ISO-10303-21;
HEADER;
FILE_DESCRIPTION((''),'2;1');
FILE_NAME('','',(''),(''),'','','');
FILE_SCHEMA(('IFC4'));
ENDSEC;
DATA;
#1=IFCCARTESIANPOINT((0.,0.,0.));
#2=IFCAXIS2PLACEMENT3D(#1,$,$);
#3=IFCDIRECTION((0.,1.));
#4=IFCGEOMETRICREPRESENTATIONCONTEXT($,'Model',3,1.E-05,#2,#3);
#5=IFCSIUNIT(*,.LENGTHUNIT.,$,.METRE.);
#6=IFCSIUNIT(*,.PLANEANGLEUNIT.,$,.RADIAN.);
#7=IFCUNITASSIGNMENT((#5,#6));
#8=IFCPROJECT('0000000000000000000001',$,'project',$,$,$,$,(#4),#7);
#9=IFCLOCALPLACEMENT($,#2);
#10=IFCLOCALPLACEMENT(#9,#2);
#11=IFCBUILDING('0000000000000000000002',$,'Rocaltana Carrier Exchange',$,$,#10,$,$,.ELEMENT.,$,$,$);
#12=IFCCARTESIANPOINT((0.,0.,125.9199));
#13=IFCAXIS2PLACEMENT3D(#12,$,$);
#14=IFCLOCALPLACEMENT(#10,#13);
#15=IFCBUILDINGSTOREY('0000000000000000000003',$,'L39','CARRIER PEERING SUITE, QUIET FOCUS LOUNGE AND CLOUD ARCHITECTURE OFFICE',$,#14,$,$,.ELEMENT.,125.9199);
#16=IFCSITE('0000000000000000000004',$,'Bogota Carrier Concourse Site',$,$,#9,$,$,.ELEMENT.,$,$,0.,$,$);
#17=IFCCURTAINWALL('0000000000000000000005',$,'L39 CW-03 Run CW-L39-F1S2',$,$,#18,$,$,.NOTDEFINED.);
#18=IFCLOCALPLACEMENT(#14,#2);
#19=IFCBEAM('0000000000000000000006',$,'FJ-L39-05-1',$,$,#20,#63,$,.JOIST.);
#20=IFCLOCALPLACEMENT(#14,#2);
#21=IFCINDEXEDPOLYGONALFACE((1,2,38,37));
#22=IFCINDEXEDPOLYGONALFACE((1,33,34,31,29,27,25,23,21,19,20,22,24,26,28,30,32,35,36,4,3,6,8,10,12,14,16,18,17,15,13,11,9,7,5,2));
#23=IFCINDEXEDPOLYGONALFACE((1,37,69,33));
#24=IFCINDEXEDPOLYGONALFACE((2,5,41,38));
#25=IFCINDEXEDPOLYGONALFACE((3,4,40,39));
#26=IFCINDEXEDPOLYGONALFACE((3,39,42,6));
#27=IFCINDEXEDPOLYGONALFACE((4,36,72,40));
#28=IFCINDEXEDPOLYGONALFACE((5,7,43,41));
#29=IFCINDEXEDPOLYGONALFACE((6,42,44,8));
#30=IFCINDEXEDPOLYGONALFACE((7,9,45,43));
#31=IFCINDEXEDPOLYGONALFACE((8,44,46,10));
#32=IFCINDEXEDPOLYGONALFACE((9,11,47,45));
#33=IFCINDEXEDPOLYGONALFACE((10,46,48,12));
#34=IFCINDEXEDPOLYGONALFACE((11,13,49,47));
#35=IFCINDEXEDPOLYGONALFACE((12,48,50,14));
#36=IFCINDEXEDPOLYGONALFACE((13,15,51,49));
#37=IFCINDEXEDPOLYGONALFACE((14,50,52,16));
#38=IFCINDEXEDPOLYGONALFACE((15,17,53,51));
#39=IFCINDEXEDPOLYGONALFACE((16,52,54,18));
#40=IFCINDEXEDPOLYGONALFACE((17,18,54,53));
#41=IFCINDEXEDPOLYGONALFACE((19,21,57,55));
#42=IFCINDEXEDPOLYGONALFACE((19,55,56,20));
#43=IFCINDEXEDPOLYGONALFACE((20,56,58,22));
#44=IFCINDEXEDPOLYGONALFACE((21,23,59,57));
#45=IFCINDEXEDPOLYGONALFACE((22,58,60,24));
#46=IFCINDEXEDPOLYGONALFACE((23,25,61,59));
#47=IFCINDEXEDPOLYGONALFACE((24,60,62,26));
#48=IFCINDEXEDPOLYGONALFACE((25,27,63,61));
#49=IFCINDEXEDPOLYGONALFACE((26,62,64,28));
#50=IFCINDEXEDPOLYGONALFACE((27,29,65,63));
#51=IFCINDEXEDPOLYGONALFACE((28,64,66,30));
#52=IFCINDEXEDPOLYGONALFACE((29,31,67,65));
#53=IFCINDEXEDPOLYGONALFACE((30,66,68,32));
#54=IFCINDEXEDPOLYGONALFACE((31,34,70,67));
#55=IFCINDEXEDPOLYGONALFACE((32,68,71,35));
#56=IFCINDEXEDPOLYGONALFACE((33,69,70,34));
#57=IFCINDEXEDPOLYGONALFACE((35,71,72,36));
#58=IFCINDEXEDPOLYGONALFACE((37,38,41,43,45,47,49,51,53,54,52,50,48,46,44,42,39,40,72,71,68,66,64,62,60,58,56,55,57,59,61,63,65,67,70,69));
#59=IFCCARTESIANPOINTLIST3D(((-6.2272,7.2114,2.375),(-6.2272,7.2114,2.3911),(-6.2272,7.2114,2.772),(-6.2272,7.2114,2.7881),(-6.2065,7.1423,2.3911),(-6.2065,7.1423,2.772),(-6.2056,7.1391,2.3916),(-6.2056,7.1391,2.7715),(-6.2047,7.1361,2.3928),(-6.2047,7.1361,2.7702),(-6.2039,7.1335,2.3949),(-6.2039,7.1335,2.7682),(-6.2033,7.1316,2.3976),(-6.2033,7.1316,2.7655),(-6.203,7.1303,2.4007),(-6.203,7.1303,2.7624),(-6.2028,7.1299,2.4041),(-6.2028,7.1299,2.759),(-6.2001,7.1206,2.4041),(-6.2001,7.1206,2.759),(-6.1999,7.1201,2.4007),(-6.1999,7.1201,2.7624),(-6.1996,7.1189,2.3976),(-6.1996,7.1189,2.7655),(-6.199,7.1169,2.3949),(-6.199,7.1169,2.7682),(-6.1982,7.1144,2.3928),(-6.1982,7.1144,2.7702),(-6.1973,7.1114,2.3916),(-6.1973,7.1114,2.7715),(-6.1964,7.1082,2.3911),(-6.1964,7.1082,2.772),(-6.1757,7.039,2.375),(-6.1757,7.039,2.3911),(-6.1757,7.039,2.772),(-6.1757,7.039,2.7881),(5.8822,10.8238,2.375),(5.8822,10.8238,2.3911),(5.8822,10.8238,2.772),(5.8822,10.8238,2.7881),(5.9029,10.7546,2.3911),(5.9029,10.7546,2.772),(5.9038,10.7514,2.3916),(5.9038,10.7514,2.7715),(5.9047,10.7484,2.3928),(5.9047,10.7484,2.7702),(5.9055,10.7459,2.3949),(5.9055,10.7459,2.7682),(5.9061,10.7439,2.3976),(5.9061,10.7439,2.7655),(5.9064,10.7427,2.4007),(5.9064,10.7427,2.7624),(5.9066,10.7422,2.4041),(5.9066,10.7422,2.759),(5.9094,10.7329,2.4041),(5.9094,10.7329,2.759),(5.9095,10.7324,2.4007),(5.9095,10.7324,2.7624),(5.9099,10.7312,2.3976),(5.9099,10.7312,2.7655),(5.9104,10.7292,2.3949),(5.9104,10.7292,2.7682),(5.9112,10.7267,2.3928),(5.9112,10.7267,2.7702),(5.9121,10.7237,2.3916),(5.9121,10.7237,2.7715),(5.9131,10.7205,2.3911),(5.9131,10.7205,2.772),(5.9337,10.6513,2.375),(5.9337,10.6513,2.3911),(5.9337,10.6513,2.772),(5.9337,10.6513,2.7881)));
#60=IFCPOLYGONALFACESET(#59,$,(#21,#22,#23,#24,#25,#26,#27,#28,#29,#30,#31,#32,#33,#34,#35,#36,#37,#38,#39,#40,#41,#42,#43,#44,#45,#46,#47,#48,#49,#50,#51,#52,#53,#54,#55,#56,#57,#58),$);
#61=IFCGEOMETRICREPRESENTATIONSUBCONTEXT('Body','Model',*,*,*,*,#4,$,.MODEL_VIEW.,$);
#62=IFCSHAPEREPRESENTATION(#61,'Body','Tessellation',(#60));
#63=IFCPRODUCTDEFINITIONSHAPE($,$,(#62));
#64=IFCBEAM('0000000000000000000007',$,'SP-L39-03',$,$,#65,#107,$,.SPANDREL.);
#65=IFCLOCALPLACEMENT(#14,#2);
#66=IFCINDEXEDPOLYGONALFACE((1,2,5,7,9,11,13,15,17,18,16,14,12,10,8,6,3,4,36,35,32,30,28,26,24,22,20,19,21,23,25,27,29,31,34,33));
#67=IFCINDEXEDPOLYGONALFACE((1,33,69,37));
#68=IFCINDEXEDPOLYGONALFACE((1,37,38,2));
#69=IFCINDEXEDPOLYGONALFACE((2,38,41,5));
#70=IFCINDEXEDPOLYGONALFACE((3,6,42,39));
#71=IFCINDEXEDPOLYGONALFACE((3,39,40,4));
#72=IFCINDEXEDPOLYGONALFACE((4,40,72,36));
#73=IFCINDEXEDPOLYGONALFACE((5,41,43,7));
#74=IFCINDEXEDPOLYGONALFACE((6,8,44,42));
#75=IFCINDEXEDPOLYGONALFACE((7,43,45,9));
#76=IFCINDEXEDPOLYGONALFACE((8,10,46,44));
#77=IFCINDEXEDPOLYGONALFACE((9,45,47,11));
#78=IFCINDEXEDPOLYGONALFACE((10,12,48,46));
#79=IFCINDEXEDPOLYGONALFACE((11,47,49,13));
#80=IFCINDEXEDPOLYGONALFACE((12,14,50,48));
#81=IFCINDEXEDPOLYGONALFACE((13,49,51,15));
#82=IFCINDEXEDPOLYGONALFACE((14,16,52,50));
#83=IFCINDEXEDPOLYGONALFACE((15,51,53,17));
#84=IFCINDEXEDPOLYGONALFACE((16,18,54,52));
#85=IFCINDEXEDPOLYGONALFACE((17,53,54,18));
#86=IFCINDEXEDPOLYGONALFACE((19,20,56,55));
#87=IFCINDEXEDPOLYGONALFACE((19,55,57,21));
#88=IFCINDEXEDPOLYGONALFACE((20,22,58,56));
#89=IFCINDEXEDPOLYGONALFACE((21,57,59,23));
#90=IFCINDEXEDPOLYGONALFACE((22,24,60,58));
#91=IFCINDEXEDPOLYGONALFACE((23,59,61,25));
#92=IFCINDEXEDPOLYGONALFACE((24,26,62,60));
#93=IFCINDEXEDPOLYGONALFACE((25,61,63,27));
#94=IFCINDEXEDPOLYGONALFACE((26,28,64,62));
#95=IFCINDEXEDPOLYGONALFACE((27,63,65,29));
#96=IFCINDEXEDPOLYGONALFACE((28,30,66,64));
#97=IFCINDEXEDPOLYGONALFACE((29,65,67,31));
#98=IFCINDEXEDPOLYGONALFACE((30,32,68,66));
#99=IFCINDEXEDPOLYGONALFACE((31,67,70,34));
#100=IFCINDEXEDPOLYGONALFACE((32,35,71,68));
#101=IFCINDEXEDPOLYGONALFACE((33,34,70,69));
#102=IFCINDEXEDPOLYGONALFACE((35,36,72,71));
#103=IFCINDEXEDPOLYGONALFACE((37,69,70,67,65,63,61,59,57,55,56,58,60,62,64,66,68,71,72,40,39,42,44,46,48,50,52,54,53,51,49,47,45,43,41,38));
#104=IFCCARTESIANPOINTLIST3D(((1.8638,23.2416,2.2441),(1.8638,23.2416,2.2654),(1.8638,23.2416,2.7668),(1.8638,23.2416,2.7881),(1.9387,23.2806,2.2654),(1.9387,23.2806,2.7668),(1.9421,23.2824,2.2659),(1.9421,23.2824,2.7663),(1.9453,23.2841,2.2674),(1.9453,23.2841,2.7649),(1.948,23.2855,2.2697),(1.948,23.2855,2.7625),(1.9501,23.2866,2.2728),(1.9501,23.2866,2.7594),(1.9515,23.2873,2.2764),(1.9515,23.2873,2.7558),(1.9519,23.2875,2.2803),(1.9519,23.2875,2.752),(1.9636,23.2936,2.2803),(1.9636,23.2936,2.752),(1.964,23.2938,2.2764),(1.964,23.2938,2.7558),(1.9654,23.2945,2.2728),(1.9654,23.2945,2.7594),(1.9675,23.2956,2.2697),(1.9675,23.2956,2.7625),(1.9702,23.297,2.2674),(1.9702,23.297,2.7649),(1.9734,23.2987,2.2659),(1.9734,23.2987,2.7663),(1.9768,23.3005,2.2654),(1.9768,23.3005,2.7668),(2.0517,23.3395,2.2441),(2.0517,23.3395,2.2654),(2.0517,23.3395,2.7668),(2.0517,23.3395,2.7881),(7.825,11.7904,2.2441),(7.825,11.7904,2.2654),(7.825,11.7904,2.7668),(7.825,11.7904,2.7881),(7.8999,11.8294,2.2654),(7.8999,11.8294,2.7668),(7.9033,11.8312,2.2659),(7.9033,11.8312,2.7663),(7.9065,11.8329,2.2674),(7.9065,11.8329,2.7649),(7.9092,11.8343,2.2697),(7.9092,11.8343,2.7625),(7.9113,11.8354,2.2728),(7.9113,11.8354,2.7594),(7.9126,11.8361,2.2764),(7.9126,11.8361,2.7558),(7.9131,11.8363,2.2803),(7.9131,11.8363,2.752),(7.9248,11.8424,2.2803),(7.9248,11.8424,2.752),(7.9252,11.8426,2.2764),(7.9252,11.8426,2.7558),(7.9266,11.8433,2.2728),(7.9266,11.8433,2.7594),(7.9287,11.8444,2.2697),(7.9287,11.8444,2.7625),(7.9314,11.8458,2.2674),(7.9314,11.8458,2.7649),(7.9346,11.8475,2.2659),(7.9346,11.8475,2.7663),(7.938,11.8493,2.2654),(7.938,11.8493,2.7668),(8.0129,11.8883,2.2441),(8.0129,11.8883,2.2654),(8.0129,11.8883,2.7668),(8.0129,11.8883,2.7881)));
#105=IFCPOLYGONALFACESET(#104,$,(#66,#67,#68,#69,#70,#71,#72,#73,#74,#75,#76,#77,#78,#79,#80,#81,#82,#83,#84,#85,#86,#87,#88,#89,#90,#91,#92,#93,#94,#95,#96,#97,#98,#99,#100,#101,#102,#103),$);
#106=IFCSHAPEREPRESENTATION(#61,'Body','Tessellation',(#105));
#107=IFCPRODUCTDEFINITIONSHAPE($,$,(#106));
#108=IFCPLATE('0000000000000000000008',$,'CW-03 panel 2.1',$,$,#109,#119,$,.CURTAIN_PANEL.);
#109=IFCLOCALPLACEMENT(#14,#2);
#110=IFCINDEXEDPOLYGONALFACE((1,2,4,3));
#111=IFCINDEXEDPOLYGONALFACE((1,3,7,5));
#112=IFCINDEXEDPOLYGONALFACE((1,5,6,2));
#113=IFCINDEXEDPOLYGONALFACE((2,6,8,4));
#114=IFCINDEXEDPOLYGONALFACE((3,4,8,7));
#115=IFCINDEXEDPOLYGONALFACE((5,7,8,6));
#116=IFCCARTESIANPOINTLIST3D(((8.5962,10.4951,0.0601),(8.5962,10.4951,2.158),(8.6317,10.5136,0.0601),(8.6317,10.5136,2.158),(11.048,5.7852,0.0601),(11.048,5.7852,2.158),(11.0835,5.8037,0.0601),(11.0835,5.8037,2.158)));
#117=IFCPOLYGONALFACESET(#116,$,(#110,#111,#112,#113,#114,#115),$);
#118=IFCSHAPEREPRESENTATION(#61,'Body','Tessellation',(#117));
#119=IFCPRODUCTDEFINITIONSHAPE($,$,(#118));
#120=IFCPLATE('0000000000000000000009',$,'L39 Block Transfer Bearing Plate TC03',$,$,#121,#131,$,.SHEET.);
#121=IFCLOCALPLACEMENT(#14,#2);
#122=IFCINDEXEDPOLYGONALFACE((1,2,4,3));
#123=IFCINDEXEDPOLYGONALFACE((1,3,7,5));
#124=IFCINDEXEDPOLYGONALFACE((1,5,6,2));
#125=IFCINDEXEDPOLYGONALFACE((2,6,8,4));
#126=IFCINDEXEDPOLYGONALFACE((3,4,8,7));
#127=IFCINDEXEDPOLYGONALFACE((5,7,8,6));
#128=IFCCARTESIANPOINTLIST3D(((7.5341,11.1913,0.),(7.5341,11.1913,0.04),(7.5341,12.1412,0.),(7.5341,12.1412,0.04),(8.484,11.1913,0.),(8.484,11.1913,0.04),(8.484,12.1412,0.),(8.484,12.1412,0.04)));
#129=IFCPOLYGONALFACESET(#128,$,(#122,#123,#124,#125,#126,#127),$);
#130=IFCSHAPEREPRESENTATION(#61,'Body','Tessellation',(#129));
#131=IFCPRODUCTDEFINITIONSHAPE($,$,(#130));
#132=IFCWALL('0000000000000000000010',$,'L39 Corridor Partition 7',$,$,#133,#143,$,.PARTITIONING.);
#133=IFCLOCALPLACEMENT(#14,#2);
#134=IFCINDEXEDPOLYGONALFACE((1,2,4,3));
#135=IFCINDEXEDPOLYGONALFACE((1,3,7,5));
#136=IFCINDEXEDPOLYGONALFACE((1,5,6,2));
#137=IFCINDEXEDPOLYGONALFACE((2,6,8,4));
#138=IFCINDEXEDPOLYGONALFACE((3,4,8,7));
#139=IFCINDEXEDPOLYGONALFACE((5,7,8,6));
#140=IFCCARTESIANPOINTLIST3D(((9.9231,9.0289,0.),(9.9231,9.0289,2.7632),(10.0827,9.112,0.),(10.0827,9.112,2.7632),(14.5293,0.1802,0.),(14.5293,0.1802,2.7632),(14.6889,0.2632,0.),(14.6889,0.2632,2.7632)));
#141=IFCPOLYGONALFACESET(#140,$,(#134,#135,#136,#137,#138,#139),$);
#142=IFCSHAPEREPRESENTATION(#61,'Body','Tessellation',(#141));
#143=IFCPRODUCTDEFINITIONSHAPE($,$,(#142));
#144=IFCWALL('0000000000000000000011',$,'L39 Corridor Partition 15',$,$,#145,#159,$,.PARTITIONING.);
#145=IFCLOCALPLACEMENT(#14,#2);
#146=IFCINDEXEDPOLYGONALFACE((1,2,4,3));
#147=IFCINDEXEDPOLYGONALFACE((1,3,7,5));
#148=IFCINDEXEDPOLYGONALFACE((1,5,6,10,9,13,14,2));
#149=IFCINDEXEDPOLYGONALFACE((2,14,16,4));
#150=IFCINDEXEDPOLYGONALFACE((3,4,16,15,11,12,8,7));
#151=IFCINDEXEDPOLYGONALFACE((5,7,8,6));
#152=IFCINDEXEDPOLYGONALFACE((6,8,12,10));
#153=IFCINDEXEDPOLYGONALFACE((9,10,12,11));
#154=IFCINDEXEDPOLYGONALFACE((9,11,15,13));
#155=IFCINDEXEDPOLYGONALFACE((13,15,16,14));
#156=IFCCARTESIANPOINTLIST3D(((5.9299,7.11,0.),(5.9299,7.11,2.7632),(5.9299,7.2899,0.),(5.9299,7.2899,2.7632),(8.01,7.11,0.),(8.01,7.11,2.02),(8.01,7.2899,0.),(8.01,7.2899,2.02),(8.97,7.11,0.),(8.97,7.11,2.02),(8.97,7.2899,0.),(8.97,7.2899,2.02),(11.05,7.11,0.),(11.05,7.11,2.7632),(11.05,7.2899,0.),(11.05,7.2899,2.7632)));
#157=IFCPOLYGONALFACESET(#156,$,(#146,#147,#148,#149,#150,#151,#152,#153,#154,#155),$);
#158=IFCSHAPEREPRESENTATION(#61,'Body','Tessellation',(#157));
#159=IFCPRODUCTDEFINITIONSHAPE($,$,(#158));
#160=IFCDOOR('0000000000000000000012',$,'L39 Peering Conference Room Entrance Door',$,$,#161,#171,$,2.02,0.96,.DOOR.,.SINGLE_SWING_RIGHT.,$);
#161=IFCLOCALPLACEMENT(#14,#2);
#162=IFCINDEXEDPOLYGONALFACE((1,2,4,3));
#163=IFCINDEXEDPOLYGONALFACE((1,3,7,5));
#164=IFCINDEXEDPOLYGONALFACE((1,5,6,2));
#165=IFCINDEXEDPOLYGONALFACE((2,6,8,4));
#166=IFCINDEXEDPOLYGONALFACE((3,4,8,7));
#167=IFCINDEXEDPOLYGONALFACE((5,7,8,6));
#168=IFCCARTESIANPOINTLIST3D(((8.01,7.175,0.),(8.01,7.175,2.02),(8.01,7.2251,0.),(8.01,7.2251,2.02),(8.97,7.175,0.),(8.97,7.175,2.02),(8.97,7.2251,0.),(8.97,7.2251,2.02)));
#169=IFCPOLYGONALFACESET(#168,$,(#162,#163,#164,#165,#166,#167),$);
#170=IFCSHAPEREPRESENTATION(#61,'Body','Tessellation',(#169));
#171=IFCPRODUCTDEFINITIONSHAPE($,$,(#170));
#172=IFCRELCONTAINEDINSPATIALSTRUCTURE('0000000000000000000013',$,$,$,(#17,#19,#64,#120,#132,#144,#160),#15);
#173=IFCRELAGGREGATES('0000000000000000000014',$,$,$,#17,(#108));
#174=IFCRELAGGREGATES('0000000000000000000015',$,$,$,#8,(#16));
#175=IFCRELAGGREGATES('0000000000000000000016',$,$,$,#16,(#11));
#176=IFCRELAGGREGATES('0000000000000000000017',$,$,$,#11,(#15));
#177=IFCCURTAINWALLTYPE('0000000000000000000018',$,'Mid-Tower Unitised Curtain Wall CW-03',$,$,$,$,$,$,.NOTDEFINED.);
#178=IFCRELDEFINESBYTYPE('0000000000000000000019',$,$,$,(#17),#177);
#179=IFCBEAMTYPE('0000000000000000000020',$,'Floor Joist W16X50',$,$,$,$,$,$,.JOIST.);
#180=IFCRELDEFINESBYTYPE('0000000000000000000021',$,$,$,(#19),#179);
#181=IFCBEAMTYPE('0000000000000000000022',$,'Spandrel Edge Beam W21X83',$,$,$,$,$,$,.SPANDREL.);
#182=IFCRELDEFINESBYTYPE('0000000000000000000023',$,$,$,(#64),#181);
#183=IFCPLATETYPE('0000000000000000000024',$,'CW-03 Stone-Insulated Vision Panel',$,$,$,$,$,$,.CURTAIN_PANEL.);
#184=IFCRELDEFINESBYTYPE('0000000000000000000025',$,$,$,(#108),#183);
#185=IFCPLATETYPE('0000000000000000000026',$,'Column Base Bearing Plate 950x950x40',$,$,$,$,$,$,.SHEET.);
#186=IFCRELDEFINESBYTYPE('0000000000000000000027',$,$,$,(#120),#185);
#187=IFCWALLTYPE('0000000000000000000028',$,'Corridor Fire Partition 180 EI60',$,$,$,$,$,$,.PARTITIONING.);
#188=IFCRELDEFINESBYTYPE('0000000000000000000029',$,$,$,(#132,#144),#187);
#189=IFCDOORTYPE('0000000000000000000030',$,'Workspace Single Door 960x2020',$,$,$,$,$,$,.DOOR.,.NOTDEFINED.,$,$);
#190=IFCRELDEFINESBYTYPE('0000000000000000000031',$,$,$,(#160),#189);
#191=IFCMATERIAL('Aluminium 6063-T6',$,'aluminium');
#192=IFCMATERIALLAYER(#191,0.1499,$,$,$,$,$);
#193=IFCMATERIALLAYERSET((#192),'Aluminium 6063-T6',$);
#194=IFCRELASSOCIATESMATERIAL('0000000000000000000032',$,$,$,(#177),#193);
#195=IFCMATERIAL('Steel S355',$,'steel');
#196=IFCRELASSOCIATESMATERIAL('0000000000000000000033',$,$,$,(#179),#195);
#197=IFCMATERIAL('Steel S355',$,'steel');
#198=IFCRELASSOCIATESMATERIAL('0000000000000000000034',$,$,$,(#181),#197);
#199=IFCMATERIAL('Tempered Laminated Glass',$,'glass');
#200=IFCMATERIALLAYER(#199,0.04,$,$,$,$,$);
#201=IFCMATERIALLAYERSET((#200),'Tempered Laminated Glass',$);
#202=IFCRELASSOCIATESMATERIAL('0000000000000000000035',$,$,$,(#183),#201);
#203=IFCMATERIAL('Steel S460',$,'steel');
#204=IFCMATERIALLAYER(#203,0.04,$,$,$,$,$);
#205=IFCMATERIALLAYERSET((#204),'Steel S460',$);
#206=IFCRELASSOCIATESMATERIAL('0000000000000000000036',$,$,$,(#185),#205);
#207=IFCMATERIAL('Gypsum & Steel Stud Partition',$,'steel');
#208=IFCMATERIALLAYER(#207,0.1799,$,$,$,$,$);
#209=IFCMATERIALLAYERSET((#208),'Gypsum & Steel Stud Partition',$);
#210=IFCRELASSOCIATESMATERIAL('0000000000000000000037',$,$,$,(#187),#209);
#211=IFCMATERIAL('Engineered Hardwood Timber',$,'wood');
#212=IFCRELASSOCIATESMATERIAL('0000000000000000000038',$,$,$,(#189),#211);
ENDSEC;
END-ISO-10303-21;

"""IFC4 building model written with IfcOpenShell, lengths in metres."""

from ifc_helpers import new_model, si_unit, direction, frame, frame_2d, origin, origin_2d, place, context, subcontext, project, spatial, rectangle, i_section, extrude, material, layer, layer_set, material_profile, profile_set, type_object, element, fill, aggregate, save


model = new_model("IFC4")

# Units and contexts
model_context = context("Model", 3, precision=1e-05, world=origin(), true_north=direction((0.0, 1.0)))
body_context = subcontext(model_context, "Body", "Model", "MODEL_VIEW")
ifc_project = project(units=[si_unit("LENGTHUNIT", "METRE"), si_unit("PLANEANGLEUNIT", "RADIAN")], contexts=[model_context])

# Site, building, storey
site_placement = place(None, origin())
site = spatial("IfcSite", under=ifc_project, at=site_placement, Name="Bogota Carrier Concourse Site", CompositionType="ELEMENT", RefElevation=0.0)
building_placement = place(site_placement, origin())
building = spatial("IfcBuilding", under=site, at=building_placement, Name="Rocaltana Carrier Exchange", CompositionType="ELEMENT")
storey_placement = place(building_placement, frame((0.0, 0.0, 125.9199)))
storey = spatial("IfcBuildingStorey", under=building, at=storey_placement, Name="L39", Description="CARRIER PEERING SUITE, QUIET FOCUS LOUNGE AND CLOUD ARCHITECTURE OFFICE", CompositionType="ELEMENT", Elevation=125.9199)

# Curtain wall
ifc_material_1 = material(Name="Aluminium 6063-T6", Category="aluminium")
ifc_layer_1 = layer(ifc_material_1, 0.1499)
ifc_layer_set_1 = layer_set([ifc_layer_1], Name="Aluminium 6063-T6")
curtain_wall_type = type_object("IfcCurtainWallType", Name="Mid-Tower Unitised Curtain Wall CW-03", PredefinedType="NOTDEFINED", material=ifc_layer_set_1)
curtain_wall_1_placement = place(storey_placement, origin())
curtain_wall_1 = element("IfcCurtainWall", 1, at=curtain_wall_1_placement, inside=storey, type_object=curtain_wall_type, Name="L39 CW-03 Run CW-L39-F1S2", PredefinedType="NOTDEFINED")

# Beams
ifc_material_2 = material(Name="Steel S355", Category="steel")
ifc_material_profile_1 = material_profile(ifc_material_2, i_section(OverallWidth=0.1799, OverallDepth=0.4131, WebThickness=0.0098, FlangeThickness=0.0161, FilletRadius=0.0129, at=origin_2d()), Name="W16X50")
ifc_profile_set_1 = profile_set([ifc_material_profile_1], Name="Steel S355")
beam_type_1 = type_object("IfcBeamType", Name="Floor Joist W16X50", PredefinedType="JOIST", material=ifc_profile_set_1)
beam_1_placement = place(storey_placement, frame((5.908, 10.7375, 2.5815), z_axis=(-0.958272, -0.285859, 0.0), x_axis=(0.285859, -0.958272, 0.0)))
element("IfcBeam", 2, at=beam_1_placement, inside=storey, type_object=beam_type_1, Name="FJ-L39-05-1", PredefinedType="JOIST", context=body_context, shape_type="SweptSolid", body=[
    extrude(i_section(OverallWidth=0.1799, OverallDepth=0.4131, WebThickness=0.0098, FlangeThickness=0.0161, FilletRadius=0.0129, at=origin_2d()), origin(), (0.0, 0.0, 1.0), 12.6367),
])
ifc_material_3 = material(Name="Steel S355", Category="steel")
ifc_material_profile_2 = material_profile(ifc_material_3, i_section(OverallWidth=0.2119, OverallDepth=0.5439, WebThickness=0.0132, FlangeThickness=0.0212, FilletRadius=0.0149, at=origin_2d()), Name="W21X83")
ifc_profile_set_2 = profile_set([ifc_material_profile_2], Name="Steel S355")
beam_type_2 = type_object("IfcBeamType", Name="Spandrel Edge Beam W21X83", PredefinedType="SPANDREL", material=ifc_profile_set_2)
beam_2_placement = place(storey_placement, frame((7.9189, 11.8394, 2.5161), z_axis=(-0.461753, 0.887008, 0.0), x_axis=(-0.887008, -0.461753, 0.0)))
element("IfcBeam", 3, at=beam_2_placement, inside=storey, type_object=beam_type_2, Name="SP-L39-03", PredefinedType="SPANDREL", context=body_context, shape_type="SweptSolid", body=[
    extrude(i_section(OverallWidth=0.2119, OverallDepth=0.5439, WebThickness=0.0132, FlangeThickness=0.0212, FilletRadius=0.0149, at=origin_2d()), origin(), (0.0, 0.0, 1.0), 12.9099),
])

# Plates
ifc_material_4 = material(Name="Tempered Laminated Glass", Category="glass")
ifc_layer_2 = layer(ifc_material_4, 0.04)
ifc_layer_set_2 = layer_set([ifc_layer_2], Name="Tempered Laminated Glass")
plate_type_1 = type_object("IfcPlateType", Name="CW-03 Stone-Insulated Vision Panel", PredefinedType="CURTAIN_PANEL", material=ifc_layer_set_2)
plate_1_placement = place(storey_placement, frame((9.8398, 8.1494, 0.0601), z_axis=(0.0, 0.0, 1.0), x_axis=(-0.461747, 0.887012, 0.0)))
plate_1 = element("IfcPlate", 4, at=plate_1_placement, type_object=plate_type_1, Name="CW-03 panel 2.1", PredefinedType="CURTAIN_PANEL", context=body_context, shape_type="SweptSolid", body=[
    extrude(rectangle(XDim=5.3098, YDim=0.04, at=origin_2d()), origin(), (0.0, 0.0, 1.0), 2.0979),
])
aggregate(curtain_wall_1, [plate_1])
ifc_material_5 = material(Name="Steel S460", Category="steel")
ifc_layer_3 = layer(ifc_material_5, 0.04)
ifc_layer_set_3 = layer_set([ifc_layer_3], Name="Steel S460")
plate_type_2 = type_object("IfcPlateType", Name="Column Base Bearing Plate 950x950x40", PredefinedType="SHEET", material=ifc_layer_set_3)
plate_2_placement = place(storey_placement, frame((8.009, 11.6663, 0.0), z_axis=(0.0, 0.0, 1.0), x_axis=(1.0, 0.0, 0.0)))
element("IfcPlate", 5, at=plate_2_placement, inside=storey, type_object=plate_type_2, Name="L39 Block Transfer Bearing Plate TC03", PredefinedType="SHEET", context=body_context, shape_type="SweptSolid", body=[
    extrude(rectangle(XDim=0.95, YDim=0.95, at=origin_2d()), origin(), (0.0, 0.0, 1.0), 0.04),
])

# Wall
ifc_material_6 = material(Name="Gypsum & Steel Stud Partition", Category="steel")
ifc_layer_4 = layer(ifc_material_6, 0.1799)
ifc_layer_set_4 = layer_set([ifc_layer_4], Name="Gypsum & Steel Stud Partition")
wall_type_1 = type_object("IfcWallType", Name="Corridor Fire Partition 180 EI60", PredefinedType="PARTITIONING", material=ifc_layer_set_4)
wall_1_placement = place(storey_placement, frame((10.0029, 9.0703, 0.0), z_axis=(0.0, 0.0, 1.0), x_axis=(0.46174, -0.887015, 0.0)))
element("IfcWall", 6, at=wall_1_placement, inside=storey, type_object=wall_type_1, Name="L39 Corridor Partition 7", PredefinedType="PARTITIONING", context=body_context, shape_type="SweptSolid", body=[
    extrude(rectangle(XDim=9.9758, YDim=0.1799, at=frame_2d((4.9878, 0.0))), origin(), (0.0, 0.0, 1.0), 2.7632),
])

# Wall, opening, door
wall_2_placement = place(storey_placement, frame((11.05, 7.2, 0.0), z_axis=(0.0, 0.0, 1.0), x_axis=(-1.0, 0.0, 0.0)))
wall_2 = element("IfcWall", 7, at=wall_2_placement, inside=storey, type_object=wall_type_1, Name="L39 Corridor Partition 15", PredefinedType="PARTITIONING", context=body_context, shape_type="SweptSolid", body=[
    extrude(rectangle(XDim=5.1201, YDim=0.1799, at=frame_2d((2.5601, 0.0))), origin(), (0.0, 0.0, 1.0), 2.7632),
])
opening_1_placement = place(wall_2_placement, frame((2.0801, 0.0, 0.0)))
opening_1 = element("IfcOpeningElement", 8, at=opening_1_placement, cuts=wall_2, PredefinedType="OPENING", context=body_context, shape_type="SweptSolid", body=[
    extrude(rectangle(XDim=0.96, YDim=2.02, at=frame_2d((0.48, 1.01))), frame((0.0, 0.0999, 0.0), z_axis=(0.0, -1.0, 0.0), x_axis=(1.0, 0.0, 0.0)), (0.0, 0.0, 1.0), 0.2),
])
ifc_material_7 = material(Name="Engineered Hardwood Timber", Category="wood")
door_type_1 = type_object("IfcDoorType", Name="Workspace Single Door 960x2020", OperationType="NOTDEFINED", PredefinedType="DOOR", material=ifc_material_7)
door_1_placement = place(opening_1_placement, origin())
door_1 = element("IfcDoor", 9, at=door_1_placement, inside=storey, type_object=door_type_1, Name="L39 Peering Conference Room Entrance Door", OperationType="SINGLE_SWING_RIGHT", OverallHeight=2.02, OverallWidth=0.96, PredefinedType="DOOR", context=body_context, shape_type="SweptSolid", body=[
    extrude(rectangle(XDim=0.96, YDim=2.02, at=frame_2d((0.48, 1.01))), frame((0.0, 0.0249, 0.0), z_axis=(0.0, -1.0, 0.0), x_axis=(1.0, 0.0, 0.0)), (0.0, 0.0, 1.0), 0.05),
])
fill(opening_1, door_1)

save(model, "model.ifc")
